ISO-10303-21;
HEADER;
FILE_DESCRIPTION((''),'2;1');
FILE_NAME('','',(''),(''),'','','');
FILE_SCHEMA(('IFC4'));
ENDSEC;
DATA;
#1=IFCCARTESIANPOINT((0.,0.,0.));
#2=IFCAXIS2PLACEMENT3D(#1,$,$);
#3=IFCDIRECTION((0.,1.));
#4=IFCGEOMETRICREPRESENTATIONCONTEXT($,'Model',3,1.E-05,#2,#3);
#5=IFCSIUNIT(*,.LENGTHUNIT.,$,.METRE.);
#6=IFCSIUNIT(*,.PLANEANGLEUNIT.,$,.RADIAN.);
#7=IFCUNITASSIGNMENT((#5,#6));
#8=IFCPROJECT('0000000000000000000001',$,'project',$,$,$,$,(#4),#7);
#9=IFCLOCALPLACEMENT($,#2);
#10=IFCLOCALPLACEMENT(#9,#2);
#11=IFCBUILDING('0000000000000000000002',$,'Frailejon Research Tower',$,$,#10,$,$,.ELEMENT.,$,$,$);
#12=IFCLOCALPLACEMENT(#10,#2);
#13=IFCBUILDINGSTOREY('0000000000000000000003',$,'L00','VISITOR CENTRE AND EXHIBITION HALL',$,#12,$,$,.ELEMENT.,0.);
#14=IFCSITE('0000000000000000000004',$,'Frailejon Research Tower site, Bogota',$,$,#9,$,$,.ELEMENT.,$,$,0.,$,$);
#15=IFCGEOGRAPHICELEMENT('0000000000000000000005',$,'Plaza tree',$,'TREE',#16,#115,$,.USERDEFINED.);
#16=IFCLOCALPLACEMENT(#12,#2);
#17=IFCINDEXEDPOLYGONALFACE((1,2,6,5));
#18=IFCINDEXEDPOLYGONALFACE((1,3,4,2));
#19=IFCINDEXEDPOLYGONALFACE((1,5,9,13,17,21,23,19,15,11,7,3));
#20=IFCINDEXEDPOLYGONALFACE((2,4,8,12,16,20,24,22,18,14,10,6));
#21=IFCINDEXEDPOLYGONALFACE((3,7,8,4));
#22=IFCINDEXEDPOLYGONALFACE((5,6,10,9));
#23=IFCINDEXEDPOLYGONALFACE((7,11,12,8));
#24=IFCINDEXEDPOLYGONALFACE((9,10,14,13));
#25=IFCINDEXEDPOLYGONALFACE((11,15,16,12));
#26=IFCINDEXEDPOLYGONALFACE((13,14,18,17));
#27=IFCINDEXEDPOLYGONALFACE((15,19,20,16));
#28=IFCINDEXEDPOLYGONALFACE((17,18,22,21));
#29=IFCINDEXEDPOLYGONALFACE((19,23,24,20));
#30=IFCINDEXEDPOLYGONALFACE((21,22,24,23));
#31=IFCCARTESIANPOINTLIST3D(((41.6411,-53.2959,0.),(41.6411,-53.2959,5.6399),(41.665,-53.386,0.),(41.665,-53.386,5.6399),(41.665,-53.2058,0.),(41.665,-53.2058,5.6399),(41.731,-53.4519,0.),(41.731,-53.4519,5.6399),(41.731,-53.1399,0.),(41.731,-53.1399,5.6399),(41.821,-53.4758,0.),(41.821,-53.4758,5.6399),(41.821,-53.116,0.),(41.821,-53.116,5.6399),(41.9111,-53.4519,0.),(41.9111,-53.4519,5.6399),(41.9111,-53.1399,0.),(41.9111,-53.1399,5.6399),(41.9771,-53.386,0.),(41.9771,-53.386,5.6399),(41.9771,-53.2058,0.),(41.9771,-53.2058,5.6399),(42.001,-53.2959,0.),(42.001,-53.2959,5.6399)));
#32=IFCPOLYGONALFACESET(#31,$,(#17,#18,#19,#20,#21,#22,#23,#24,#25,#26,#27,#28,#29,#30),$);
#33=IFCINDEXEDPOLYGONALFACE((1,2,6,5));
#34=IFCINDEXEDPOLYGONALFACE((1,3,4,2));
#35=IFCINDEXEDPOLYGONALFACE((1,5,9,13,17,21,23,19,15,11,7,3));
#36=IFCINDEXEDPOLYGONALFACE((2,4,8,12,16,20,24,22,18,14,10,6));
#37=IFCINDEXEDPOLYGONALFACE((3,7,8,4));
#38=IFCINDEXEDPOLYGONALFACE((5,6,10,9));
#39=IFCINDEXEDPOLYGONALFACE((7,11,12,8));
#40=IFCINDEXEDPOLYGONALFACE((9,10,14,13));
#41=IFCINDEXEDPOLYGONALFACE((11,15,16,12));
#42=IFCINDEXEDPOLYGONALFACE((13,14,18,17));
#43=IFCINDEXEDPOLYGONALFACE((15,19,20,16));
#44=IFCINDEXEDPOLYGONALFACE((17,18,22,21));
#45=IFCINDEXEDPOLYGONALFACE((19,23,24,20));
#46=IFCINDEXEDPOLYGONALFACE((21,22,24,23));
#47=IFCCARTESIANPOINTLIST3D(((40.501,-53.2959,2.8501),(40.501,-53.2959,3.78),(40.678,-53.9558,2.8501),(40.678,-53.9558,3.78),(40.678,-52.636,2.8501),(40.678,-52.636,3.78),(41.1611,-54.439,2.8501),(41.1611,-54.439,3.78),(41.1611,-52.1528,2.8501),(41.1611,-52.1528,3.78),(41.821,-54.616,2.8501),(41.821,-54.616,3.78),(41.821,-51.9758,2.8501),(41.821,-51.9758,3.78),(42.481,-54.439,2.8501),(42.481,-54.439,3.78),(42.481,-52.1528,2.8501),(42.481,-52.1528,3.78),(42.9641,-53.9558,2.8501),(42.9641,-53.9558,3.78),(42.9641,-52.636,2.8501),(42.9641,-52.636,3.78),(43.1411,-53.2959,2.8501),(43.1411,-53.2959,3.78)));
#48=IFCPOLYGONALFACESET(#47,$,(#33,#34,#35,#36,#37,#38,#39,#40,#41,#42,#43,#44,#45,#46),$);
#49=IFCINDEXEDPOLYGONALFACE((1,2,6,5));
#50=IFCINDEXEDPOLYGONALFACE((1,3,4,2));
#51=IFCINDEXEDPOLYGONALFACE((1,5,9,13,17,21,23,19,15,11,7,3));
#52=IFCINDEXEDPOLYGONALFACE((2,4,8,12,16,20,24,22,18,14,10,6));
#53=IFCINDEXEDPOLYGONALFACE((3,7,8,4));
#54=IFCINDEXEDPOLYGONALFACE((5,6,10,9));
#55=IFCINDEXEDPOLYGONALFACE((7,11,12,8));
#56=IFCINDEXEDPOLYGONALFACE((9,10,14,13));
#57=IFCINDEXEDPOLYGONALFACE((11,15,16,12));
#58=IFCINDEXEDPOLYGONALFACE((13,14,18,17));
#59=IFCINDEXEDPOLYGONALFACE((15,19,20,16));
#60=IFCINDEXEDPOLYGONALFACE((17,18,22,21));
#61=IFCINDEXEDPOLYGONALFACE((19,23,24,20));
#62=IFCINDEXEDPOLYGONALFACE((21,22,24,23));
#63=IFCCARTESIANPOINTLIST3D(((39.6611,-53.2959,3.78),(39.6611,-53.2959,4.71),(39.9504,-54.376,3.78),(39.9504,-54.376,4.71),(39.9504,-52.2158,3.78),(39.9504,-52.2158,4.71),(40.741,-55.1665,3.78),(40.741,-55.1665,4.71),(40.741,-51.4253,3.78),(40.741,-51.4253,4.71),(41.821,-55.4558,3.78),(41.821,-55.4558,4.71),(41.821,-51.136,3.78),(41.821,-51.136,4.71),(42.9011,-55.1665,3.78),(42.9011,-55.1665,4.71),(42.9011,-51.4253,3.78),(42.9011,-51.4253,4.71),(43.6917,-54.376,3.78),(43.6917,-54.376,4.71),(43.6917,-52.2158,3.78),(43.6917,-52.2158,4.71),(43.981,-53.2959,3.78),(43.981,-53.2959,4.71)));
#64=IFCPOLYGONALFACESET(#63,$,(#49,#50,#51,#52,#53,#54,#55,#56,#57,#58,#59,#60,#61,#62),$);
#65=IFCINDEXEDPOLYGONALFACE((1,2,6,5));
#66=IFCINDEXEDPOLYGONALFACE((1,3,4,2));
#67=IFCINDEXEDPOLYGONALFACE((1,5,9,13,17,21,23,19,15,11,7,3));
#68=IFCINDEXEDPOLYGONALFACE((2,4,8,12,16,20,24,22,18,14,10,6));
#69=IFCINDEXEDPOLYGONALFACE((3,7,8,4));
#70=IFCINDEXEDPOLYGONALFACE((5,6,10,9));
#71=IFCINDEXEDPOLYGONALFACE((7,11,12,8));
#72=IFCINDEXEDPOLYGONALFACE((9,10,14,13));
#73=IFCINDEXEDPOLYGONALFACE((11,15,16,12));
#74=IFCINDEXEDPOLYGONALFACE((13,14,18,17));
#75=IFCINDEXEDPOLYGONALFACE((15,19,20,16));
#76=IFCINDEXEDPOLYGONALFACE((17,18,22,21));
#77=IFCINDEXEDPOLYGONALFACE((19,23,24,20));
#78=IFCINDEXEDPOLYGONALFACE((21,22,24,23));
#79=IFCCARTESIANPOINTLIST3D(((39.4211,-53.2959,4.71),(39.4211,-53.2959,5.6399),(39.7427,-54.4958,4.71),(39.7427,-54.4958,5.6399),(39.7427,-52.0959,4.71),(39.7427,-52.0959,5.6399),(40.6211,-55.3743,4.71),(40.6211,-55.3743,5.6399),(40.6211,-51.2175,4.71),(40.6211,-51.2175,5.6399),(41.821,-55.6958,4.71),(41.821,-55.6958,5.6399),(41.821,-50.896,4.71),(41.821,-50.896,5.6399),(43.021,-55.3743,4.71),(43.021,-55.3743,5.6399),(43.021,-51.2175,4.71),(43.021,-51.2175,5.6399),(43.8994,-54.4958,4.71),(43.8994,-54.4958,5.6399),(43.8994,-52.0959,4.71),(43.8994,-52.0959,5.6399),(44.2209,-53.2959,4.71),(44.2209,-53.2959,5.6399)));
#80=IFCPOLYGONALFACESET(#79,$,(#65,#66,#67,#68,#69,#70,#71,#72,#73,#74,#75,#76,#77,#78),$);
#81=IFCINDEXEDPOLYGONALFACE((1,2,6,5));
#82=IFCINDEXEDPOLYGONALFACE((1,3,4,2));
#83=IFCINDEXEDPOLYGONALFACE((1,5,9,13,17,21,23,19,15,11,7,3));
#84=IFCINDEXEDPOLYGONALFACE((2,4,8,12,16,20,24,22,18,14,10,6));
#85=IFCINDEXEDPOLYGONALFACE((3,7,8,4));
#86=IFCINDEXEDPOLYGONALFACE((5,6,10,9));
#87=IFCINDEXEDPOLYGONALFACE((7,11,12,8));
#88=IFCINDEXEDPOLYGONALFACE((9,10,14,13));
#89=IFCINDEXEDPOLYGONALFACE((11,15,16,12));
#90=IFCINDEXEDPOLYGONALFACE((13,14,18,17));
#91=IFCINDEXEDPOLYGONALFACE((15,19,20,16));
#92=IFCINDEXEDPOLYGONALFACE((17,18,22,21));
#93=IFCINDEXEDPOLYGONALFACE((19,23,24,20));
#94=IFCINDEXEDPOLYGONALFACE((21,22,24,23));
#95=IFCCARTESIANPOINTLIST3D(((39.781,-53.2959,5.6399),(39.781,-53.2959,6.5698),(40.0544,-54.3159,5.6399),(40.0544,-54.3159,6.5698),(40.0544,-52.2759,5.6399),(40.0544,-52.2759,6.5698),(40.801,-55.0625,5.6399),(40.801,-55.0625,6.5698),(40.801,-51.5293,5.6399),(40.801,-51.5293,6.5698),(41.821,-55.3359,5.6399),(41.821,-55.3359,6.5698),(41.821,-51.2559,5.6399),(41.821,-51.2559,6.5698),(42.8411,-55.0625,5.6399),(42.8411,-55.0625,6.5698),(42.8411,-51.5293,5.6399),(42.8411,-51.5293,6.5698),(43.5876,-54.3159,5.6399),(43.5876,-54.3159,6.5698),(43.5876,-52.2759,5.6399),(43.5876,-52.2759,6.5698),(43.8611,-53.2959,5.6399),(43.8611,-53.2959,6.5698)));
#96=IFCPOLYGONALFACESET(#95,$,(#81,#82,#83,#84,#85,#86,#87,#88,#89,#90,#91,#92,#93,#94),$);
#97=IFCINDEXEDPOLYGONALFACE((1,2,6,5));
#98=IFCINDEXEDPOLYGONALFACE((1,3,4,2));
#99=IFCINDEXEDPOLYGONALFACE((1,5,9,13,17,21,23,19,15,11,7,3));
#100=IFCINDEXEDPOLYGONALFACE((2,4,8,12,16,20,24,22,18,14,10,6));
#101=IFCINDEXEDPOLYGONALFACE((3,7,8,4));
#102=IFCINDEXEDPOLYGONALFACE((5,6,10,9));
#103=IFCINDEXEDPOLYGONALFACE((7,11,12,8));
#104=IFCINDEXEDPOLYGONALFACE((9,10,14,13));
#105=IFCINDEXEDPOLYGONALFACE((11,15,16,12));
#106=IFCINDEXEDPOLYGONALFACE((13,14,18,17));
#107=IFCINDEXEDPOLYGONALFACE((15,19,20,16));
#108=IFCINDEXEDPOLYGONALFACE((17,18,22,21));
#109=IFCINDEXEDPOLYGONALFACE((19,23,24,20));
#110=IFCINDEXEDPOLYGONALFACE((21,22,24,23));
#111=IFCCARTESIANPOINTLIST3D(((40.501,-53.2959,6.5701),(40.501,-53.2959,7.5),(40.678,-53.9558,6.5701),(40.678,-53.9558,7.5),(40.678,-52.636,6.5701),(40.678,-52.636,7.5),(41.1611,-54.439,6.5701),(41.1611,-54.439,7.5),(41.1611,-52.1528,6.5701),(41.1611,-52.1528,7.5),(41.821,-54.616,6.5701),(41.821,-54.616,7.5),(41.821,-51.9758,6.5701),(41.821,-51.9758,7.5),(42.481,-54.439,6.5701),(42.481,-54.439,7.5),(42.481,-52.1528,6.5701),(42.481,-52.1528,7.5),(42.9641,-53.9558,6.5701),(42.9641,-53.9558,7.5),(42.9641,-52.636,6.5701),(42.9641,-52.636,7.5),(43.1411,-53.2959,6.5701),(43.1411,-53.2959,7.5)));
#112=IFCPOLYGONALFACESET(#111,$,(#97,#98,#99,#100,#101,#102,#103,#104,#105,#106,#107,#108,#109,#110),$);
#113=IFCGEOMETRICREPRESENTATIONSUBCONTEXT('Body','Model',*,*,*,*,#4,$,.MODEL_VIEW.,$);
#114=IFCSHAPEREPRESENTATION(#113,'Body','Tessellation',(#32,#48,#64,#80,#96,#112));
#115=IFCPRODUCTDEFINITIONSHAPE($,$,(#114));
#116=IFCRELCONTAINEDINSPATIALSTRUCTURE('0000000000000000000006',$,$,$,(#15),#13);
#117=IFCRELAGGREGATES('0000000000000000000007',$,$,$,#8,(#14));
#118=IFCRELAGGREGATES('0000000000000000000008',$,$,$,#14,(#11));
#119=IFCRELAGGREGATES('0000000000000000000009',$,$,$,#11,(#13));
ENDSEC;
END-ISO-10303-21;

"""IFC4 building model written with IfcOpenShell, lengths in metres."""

from ifc_helpers import new_model, si_unit, direction, frame, origin, place, context, subcontext, project, spatial, polyline, outline, extrude, element, save


model = new_model("IFC4")

# Units and contexts
model_context = context("Model", 3, precision=1e-05, world=origin(), true_north=direction((0.0, 1.0)))
body_context = subcontext(model_context, "Body", "Model", "MODEL_VIEW")
ifc_project = project(units=[si_unit("LENGTHUNIT", "METRE"), si_unit("PLANEANGLEUNIT", "RADIAN")], contexts=[model_context])

# Site, building, storey
site_placement = place(None, origin())
site = spatial("IfcSite", under=ifc_project, at=site_placement, Name="Frailejon Research Tower site, Bogota", CompositionType="ELEMENT", RefElevation=0.0)
building_placement = place(site_placement, origin())
building = spatial("IfcBuilding", under=site, at=building_placement, Name="Frailejon Research Tower", CompositionType="ELEMENT")
storey_placement = place(building_placement, origin())
storey = spatial("IfcBuildingStorey", under=building, at=storey_placement, Name="L00", Description="VISITOR CENTRE AND EXHIBITION HALL", CompositionType="ELEMENT", Elevation=0.0)

# Geographic element
geographic_element_1_placement = place(storey_placement, frame((41.821, -53.2959, 0.0)))
element("IfcGeographicElement", 1, at=geographic_element_1_placement, inside=storey, Name="Plaza tree", ObjectType="TREE", PredefinedType="USERDEFINED", context=body_context, shape_type="SweptSolid", body=[
    extrude(outline(polyline([(0.1799, 0.0), (0.156, 0.0901), (0.0901, 0.156), (0.0, 0.1799), (-0.0901, 0.156), (-0.156, 0.0901), (-0.1799, 0.0), (-0.156, -0.0901), (-0.0901, -0.156), (0.0, -0.1799), (0.0901, -0.156), (0.156, -0.0901), (0.1799, 0.0)])), origin(), (0.0, 0.0, 1.0), 5.6399),
    extrude(outline(polyline([(1.3201, 0.0), (1.1431, 0.6599), (0.6599, 1.1431), (0.0, 1.3201), (-0.6599, 1.1431), (-1.1431, 0.6599), (-1.3201, 0.0), (-1.1431, -0.6599), (-0.6599, -1.1431), (0.0, -1.3201), (0.6599, -1.1431), (1.1431, -0.6599), (1.3201, 0.0)])), frame((0.0, 0.0, 2.8501)), (0.0, 0.0, 1.0), 0.9299),
    extrude(outline(polyline([(2.1599, 0.0), (1.8706, 1.0801), (1.0801, 1.8706), (0.0, 2.1599), (-1.0801, 1.8706), (-1.8706, 1.0801), (-2.1599, 0.0), (-1.8706, -1.0801), (-1.0801, -1.8706), (0.0, -2.1599), (1.0801, -1.8706), (1.8706, -1.0801), (2.1599, 0.0)])), frame((0.0, 0.0, 3.78)), (0.0, 0.0, 1.0), 0.9299),
    extrude(outline(polyline([(2.3999, 0.0), (2.0784, 1.2), (1.2, 2.0784), (0.0, 2.3999), (-1.2, 2.0784), (-2.0784, 1.2), (-2.3999, 0.0), (-2.0784, -1.2), (-1.2, -2.0784), (0.0, -2.3999), (1.2, -2.0784), (2.0784, -1.2), (2.3999, 0.0)])), frame((0.0, 0.0, 4.71)), (0.0, 0.0, 1.0), 0.9299),
    extrude(outline(polyline([(2.04, 0.0), (1.7666, 1.02), (1.02, 1.7666), (0.0, 2.04), (-1.02, 1.7666), (-1.7666, 1.02), (-2.04, 0.0), (-1.7666, -1.02), (-1.02, -1.7666), (0.0, -2.04), (1.02, -1.7666), (1.7666, -1.02), (2.04, 0.0)])), frame((0.0, 0.0, 5.6399)), (0.0, 0.0, 1.0), 0.9299),
    extrude(outline(polyline([(1.3201, 0.0), (1.1431, 0.6599), (0.6599, 1.1431), (0.0, 1.3201), (-0.6599, 1.1431), (-1.1431, 0.6599), (-1.3201, 0.0), (-1.1431, -0.6599), (-0.6599, -1.1431), (0.0, -1.3201), (0.6599, -1.1431), (1.1431, -0.6599), (1.3201, 0.0)])), frame((0.0, 0.0, 6.5701)), (0.0, 0.0, 1.0), 0.9299),
])

save(model, "model.ifc")
